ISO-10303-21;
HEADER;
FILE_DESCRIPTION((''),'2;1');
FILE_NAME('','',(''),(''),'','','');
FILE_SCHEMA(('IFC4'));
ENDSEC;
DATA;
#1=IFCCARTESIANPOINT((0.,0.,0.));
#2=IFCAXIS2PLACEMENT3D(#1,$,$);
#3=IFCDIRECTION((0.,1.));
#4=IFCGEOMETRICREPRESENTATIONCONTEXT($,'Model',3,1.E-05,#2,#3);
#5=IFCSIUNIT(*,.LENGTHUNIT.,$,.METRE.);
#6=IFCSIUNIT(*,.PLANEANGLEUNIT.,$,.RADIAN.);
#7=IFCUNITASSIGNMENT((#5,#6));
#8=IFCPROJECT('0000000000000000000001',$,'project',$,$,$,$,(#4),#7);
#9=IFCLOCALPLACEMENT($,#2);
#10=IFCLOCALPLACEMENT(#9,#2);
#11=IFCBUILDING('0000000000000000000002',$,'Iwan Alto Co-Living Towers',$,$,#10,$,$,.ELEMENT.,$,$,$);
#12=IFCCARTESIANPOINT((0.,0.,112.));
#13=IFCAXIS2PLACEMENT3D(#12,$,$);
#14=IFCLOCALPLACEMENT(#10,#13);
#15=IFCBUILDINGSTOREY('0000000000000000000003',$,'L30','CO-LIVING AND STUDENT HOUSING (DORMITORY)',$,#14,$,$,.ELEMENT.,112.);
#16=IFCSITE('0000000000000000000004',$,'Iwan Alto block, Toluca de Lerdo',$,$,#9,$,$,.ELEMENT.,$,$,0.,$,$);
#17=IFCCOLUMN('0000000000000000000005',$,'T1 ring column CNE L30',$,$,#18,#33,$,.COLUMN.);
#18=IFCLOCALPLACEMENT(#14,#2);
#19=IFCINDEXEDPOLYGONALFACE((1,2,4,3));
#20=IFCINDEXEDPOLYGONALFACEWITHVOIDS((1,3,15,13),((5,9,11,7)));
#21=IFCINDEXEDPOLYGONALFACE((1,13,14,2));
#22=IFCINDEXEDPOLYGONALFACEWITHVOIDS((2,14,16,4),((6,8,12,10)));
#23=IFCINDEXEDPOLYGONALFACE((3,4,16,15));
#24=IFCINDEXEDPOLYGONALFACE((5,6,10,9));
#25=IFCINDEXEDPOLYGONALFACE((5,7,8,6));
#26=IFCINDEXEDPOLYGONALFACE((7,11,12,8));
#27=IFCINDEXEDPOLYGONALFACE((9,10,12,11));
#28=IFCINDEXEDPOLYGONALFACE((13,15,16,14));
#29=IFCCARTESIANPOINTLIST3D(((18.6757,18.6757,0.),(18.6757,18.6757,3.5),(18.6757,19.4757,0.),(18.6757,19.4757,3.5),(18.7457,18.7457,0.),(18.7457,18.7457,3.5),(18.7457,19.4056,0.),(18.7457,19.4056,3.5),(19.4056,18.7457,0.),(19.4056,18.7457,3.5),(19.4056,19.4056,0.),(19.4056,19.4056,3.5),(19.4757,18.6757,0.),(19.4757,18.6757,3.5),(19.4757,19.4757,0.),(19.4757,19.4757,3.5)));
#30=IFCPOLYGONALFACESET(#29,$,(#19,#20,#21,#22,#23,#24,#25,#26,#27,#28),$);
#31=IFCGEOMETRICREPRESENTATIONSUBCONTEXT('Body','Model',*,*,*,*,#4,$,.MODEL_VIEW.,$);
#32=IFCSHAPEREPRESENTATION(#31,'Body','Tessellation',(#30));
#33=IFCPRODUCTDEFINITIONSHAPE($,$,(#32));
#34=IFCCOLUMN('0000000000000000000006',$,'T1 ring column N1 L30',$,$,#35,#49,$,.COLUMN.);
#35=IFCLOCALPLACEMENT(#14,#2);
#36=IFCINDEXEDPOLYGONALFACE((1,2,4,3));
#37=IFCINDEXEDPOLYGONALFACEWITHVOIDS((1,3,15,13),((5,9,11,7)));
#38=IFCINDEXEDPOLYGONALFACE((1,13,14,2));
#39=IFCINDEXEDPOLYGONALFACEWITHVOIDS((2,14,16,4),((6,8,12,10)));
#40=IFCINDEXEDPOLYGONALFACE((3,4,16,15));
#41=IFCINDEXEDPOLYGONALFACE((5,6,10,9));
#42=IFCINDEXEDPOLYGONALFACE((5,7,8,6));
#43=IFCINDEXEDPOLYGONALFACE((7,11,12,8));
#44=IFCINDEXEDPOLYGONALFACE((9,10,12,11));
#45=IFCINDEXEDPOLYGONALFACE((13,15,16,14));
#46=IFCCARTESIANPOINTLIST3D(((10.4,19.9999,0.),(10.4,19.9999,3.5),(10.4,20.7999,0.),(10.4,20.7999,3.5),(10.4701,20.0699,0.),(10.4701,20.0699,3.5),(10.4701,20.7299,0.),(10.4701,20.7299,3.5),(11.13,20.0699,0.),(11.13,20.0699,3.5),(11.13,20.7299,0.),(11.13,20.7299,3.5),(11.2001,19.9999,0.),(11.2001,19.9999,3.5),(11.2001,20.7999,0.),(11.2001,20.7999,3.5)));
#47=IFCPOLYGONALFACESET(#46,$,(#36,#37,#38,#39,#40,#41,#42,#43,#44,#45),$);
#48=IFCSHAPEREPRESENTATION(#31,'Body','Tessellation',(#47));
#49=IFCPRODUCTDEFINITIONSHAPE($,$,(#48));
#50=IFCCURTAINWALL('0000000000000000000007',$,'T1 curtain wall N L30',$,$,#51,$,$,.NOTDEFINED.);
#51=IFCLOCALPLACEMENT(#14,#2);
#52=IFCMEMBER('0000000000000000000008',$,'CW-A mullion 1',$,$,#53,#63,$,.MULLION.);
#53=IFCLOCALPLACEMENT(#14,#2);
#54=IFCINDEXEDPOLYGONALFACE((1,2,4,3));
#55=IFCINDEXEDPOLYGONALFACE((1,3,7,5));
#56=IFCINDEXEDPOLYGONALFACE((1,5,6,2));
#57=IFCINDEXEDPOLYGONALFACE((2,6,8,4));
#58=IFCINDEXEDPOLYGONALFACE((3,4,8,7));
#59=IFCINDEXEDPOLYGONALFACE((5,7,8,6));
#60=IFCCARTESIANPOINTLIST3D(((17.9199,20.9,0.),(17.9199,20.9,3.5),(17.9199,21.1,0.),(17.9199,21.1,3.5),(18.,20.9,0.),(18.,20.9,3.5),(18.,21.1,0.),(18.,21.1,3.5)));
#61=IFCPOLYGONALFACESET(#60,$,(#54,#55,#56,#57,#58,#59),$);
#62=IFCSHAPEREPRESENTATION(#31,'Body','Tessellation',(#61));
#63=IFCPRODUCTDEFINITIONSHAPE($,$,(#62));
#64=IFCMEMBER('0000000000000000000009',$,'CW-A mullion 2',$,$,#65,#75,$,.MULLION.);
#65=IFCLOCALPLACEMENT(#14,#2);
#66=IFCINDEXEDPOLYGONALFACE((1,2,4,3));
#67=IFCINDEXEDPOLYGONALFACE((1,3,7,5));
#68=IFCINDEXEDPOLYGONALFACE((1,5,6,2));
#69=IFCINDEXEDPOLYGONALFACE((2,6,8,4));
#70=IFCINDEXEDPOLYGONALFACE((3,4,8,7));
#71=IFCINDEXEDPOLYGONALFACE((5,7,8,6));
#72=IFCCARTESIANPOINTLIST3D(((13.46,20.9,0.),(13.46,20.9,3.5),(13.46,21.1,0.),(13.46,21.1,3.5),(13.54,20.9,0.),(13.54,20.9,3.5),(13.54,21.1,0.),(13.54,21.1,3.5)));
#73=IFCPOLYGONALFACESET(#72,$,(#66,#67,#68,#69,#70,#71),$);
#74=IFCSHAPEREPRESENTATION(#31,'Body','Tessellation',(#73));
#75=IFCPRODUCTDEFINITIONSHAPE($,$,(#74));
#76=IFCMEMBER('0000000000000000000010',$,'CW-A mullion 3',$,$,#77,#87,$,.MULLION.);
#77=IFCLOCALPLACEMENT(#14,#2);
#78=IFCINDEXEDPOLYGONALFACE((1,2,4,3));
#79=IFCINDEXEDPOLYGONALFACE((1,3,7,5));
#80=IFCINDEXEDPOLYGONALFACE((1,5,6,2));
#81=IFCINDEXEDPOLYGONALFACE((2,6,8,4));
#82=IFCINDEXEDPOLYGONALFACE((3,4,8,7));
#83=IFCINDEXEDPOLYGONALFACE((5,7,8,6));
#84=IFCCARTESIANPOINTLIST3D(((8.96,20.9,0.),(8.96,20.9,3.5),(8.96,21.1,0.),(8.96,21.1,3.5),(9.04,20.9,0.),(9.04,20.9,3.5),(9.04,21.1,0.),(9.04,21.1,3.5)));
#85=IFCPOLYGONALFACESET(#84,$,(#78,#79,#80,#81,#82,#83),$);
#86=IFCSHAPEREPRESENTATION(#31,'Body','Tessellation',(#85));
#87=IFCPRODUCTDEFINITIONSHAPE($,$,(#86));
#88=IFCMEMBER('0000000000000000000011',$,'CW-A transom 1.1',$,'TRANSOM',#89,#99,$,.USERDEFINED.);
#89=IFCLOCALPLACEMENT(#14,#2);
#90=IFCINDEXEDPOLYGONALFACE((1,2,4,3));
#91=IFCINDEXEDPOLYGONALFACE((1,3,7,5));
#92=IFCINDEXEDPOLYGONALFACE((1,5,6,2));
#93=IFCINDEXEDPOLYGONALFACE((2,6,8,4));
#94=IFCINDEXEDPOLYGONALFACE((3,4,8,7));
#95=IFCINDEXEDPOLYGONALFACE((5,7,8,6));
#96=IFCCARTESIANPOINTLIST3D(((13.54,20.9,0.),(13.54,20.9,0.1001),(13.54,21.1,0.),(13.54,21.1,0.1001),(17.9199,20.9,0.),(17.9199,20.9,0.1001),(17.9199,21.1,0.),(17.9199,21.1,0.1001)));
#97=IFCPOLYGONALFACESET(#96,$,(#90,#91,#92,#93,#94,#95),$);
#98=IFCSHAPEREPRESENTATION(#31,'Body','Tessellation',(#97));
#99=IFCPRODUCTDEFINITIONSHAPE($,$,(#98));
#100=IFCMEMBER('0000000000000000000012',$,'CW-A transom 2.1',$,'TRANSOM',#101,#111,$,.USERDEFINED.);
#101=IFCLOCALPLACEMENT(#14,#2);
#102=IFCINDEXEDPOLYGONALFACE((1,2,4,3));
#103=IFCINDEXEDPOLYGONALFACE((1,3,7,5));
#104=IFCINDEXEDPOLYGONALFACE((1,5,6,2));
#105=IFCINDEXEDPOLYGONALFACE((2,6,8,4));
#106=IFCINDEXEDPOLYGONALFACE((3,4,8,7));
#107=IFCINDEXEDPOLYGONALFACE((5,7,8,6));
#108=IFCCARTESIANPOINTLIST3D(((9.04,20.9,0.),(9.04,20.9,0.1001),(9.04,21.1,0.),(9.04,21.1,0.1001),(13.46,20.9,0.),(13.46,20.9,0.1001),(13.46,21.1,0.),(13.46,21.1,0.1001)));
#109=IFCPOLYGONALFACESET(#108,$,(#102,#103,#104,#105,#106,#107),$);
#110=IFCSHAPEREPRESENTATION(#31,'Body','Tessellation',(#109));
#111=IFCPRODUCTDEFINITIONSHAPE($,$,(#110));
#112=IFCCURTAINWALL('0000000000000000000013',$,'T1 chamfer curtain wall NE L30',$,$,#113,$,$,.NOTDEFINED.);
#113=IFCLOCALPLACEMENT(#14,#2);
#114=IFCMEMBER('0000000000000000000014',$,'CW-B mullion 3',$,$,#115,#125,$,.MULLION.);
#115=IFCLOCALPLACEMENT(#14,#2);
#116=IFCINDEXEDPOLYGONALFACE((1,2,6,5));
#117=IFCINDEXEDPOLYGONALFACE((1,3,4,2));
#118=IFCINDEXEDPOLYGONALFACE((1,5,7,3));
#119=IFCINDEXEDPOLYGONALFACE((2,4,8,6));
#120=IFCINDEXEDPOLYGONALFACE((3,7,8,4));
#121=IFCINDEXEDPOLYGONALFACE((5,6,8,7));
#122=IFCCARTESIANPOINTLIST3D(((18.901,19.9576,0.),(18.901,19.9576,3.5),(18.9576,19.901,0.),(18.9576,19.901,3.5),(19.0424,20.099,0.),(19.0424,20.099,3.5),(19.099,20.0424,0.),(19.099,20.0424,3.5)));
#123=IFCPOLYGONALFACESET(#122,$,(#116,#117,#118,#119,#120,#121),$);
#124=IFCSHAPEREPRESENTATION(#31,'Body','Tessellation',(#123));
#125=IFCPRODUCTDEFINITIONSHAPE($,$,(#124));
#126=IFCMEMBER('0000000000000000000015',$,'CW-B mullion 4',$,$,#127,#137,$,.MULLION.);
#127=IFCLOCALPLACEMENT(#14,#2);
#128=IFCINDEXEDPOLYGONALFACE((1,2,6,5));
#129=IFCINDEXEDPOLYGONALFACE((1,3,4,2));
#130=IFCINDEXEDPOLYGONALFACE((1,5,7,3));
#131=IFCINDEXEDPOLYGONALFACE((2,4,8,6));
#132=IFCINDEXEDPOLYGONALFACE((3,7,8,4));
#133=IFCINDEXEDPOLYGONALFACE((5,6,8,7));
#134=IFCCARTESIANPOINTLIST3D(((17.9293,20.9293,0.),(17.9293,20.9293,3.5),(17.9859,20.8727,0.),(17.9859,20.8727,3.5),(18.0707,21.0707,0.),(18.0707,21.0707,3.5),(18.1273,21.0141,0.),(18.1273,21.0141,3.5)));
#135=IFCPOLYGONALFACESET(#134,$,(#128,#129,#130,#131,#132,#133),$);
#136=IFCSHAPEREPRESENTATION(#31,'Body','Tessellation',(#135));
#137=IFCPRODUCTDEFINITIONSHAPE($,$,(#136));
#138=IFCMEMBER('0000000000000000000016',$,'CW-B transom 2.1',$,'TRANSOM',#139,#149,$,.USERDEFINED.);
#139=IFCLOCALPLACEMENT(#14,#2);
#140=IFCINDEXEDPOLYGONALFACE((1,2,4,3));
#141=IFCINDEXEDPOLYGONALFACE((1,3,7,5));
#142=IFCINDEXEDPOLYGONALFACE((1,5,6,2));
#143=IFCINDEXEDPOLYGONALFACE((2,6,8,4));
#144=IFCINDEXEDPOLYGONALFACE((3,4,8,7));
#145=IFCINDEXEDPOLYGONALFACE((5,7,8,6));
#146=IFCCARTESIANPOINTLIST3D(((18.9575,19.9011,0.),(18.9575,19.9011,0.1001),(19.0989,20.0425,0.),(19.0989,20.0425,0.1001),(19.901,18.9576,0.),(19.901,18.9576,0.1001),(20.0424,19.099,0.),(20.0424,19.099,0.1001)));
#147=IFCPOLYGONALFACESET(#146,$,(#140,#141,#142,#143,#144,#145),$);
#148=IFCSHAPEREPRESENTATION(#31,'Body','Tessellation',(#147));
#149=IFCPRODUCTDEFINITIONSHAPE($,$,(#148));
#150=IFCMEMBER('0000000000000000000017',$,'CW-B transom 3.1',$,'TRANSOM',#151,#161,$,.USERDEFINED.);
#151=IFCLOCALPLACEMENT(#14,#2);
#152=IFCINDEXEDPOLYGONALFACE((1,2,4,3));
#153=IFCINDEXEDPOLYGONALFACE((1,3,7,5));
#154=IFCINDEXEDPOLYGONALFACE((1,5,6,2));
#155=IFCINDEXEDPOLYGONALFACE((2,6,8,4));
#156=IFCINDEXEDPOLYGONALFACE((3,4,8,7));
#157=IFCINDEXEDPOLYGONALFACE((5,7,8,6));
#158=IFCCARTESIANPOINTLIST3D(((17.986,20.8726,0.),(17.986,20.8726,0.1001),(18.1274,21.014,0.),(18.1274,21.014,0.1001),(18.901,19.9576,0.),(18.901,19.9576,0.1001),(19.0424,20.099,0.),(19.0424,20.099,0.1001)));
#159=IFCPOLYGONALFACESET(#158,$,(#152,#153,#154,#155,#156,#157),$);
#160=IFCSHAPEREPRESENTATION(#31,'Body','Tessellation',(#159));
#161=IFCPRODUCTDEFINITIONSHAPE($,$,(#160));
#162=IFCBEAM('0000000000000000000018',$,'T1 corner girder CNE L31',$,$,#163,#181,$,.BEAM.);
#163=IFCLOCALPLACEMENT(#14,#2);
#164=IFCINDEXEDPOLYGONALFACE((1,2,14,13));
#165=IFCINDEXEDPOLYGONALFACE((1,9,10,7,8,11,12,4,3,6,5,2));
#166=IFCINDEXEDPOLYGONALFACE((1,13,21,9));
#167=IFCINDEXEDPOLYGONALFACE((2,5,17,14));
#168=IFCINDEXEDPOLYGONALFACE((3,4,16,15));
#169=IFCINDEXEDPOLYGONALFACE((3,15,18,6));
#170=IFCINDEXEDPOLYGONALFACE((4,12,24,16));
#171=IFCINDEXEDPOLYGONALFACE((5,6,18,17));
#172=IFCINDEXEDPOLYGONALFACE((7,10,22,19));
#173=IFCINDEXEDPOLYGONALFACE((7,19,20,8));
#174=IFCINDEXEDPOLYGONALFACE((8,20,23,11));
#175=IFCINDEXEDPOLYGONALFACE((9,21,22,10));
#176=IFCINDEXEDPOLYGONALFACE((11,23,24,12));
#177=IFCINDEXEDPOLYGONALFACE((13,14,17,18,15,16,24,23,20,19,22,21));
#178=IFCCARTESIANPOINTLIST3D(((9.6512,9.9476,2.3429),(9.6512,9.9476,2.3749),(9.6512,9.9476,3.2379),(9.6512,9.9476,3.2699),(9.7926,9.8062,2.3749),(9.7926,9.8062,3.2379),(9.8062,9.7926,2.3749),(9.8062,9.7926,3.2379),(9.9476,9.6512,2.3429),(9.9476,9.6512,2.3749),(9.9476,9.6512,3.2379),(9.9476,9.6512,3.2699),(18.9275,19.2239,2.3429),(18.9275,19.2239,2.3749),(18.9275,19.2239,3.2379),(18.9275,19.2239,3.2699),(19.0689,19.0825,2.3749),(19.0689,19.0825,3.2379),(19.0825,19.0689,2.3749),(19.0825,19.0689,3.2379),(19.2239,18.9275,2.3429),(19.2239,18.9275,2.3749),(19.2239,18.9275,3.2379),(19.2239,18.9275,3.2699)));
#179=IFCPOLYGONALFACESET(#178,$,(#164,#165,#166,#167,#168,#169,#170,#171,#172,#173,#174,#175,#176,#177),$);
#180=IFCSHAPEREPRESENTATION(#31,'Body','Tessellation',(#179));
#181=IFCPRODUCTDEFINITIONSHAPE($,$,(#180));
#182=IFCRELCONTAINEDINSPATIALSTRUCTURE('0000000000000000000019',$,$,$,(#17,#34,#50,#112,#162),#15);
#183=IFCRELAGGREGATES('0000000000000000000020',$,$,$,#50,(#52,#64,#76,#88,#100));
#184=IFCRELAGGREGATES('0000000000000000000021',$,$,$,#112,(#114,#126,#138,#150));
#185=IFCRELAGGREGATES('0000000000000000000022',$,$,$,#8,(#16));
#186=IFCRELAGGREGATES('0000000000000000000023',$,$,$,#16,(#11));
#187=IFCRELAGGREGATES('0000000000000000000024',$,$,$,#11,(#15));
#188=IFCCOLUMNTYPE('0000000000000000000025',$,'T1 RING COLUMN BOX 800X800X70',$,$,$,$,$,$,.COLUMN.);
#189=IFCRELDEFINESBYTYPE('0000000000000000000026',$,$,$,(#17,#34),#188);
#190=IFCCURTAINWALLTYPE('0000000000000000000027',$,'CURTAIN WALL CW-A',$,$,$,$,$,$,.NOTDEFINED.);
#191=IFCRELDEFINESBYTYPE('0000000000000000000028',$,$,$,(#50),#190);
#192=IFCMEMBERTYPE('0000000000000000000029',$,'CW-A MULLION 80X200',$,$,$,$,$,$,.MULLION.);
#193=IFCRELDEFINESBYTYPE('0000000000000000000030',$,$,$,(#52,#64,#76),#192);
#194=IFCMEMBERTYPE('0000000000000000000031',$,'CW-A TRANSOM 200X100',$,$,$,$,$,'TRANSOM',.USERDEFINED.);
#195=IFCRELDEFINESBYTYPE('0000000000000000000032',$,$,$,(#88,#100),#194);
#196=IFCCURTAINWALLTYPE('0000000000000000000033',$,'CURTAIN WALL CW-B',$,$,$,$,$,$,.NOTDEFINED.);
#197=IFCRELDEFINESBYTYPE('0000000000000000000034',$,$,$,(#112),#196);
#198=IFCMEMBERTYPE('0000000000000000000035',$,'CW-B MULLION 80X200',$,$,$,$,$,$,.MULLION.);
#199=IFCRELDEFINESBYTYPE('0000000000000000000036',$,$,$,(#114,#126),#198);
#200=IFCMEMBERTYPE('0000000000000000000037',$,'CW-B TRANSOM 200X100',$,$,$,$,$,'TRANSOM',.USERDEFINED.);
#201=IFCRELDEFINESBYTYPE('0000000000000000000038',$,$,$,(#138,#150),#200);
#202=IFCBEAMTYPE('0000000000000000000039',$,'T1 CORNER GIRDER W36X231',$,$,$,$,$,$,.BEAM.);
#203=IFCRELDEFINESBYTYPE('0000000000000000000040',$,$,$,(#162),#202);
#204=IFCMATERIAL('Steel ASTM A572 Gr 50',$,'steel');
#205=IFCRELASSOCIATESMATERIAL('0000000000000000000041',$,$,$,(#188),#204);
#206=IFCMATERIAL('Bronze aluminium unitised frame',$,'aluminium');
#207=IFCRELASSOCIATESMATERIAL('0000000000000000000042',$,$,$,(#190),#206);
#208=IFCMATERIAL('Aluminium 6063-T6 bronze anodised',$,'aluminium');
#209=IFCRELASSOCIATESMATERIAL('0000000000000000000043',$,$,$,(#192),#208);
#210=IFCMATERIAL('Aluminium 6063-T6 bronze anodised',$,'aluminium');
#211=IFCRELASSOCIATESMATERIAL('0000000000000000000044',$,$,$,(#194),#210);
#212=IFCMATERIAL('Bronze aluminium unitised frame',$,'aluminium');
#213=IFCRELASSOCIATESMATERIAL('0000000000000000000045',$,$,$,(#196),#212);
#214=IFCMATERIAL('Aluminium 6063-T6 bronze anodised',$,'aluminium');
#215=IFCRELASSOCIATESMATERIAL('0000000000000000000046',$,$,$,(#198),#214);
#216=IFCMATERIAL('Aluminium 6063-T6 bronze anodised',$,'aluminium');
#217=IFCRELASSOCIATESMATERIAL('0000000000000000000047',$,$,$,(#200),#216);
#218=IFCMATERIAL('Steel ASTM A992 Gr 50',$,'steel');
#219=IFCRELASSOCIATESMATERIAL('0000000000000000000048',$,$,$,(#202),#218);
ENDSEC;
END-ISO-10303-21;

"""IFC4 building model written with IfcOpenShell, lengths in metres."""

from ifc_helpers import new_model, si_unit, direction, frame, origin, origin_2d, place, context, subcontext, project, spatial, rectangle, hollow_rectangle, i_section, extrude, material, material_profile, profile_set, type_object, element, aggregate, save


model = new_model("IFC4")

# Units and contexts
model_context = context("Model", 3, precision=1e-05, world=origin(), true_north=direction((0.0, 1.0)))
body_context = subcontext(model_context, "Body", "Model", "MODEL_VIEW")
ifc_project = project(units=[si_unit("LENGTHUNIT", "METRE"), si_unit("PLANEANGLEUNIT", "RADIAN")], contexts=[model_context])

# Site, building, storey
site_placement = place(None, origin())
site = spatial("IfcSite", under=ifc_project, at=site_placement, Name="Iwan Alto block, Toluca de Lerdo", CompositionType="ELEMENT", RefElevation=0.0)
building_placement = place(site_placement, origin())
building = spatial("IfcBuilding", under=site, at=building_placement, Name="Iwan Alto Co-Living Towers", CompositionType="ELEMENT")
storey_placement = place(building_placement, frame((0.0, 0.0, 112.0)))
storey = spatial("IfcBuildingStorey", under=building, at=storey_placement, Name="L30", Description="CO-LIVING AND STUDENT HOUSING (DORMITORY)", CompositionType="ELEMENT", Elevation=112.0)

# Columns
ifc_material_1 = material(Name="Steel ASTM A572 Gr 50", Category="steel")
ifc_material_profile_1 = material_profile(ifc_material_1, hollow_rectangle(XDim=0.8, YDim=0.8, WallThickness=0.0701, at=origin_2d()), Name="BOX 800X800X70")
ifc_profile_set_1 = profile_set([ifc_material_profile_1], Name="Steel ASTM A572 Gr 50")
column_type = type_object("IfcColumnType", Name="T1 RING COLUMN BOX 800X800X70", PredefinedType="COLUMN", material=ifc_profile_set_1)
for number, where, z_axis, x_axis, name in (
    (1, (19.0757, 19.0757, 0.0), (0.0, 0.0, 1.0), (1.0, 0.0, 0.0), "T1 ring column CNE L30"),
    (2, (10.8, 20.3999, 0.0), (0.0, 0.0, 1.0), (1.0, 0.0, 0.0), "T1 ring column N1 L30"),
):
    element("IfcColumn", number, at=place(storey_placement, frame(where, z_axis=z_axis, x_axis=x_axis)), inside=storey, type_object=column_type, Name=name, PredefinedType="COLUMN", context=body_context, shape_type="SweptSolid", body=[
        extrude(hollow_rectangle(XDim=0.8, YDim=0.8, WallThickness=0.0701, at=origin_2d()), origin(), (0.0, 0.0, 1.0), 3.5),
    ])

# Curtain walls, members
ifc_material_2 = material(Name="Bronze aluminium unitised frame", Category="aluminium")
curtain_wall_type_1 = type_object("IfcCurtainWallType", Name="CURTAIN WALL CW-A", PredefinedType="NOTDEFINED", material=ifc_material_2)
curtain_wall_1_placement = place(storey_placement, origin())
curtain_wall_1 = element("IfcCurtainWall", 3, at=curtain_wall_1_placement, inside=storey, type_object=curtain_wall_type_1, Name="T1 curtain wall N L30", PredefinedType="NOTDEFINED")
ifc_material_3 = material(Name="Aluminium 6063-T6 bronze anodised", Category="aluminium")
ifc_material_profile_2 = material_profile(ifc_material_3, rectangle(XDim=0.2, YDim=0.0801, at=origin_2d()), Name="AL 80X200")
ifc_profile_set_2 = profile_set([ifc_material_profile_2], Name="Aluminium 6063-T6 bronze anodised")
member_type_1 = type_object("IfcMemberType", Name="CW-A MULLION 80X200", PredefinedType="MULLION", material=ifc_profile_set_2)
member_1_placement = place(storey_placement, frame((17.96, 21.0, 0.0), z_axis=(0.0, 0.0, 1.0), x_axis=(0.0, -1.0, 0.0)))
member_1 = element("IfcMember", 4, at=member_1_placement, type_object=member_type_1, Name="CW-A mullion 1", PredefinedType="MULLION", context=body_context, shape_type="SweptSolid", body=[
    extrude(rectangle(XDim=0.2, YDim=0.0801, at=origin_2d()), origin(), (0.0, 0.0, 1.0), 3.5),
])
member_2_placement = place(storey_placement, frame((13.5, 21.0, 0.0), z_axis=(0.0, 0.0, 1.0), x_axis=(0.0, -1.0, 0.0)))
member_2 = element("IfcMember", 5, at=member_2_placement, type_object=member_type_1, Name="CW-A mullion 2", PredefinedType="MULLION", context=body_context, shape_type="SweptSolid", body=[
    extrude(rectangle(XDim=0.2, YDim=0.0801, at=origin_2d()), origin(), (0.0, 0.0, 1.0), 3.5),
])
member_3_placement = place(storey_placement, frame((9.0, 21.0, 0.0), z_axis=(0.0, 0.0, 1.0), x_axis=(0.0, -1.0, 0.0)))
member_3 = element("IfcMember", 6, at=member_3_placement, type_object=member_type_1, Name="CW-A mullion 3", PredefinedType="MULLION", context=body_context, shape_type="SweptSolid", body=[
    extrude(rectangle(XDim=0.2, YDim=0.0801, at=origin_2d()), origin(), (0.0, 0.0, 1.0), 3.5),
])
ifc_material_4 = material(Name="Aluminium 6063-T6 bronze anodised", Category="aluminium")
ifc_material_profile_3 = material_profile(ifc_material_4, rectangle(XDim=0.2, YDim=0.1001, at=origin_2d()), Name="AL 200X100")
ifc_profile_set_3 = profile_set([ifc_material_profile_3], Name="Aluminium 6063-T6 bronze anodised")
member_type_2 = type_object("IfcMemberType", Name="CW-A TRANSOM 200X100", ElementType="TRANSOM", PredefinedType="USERDEFINED", material=ifc_profile_set_3)
member_4_placement = place(storey_placement, frame((17.9199, 21.0, 0.05), z_axis=(-1.0, 0.0, 0.0), x_axis=(0.0, -1.0, 0.0)))
member_4 = element("IfcMember", 7, at=member_4_placement, type_object=member_type_2, Name="CW-A transom 1.1", ObjectType="TRANSOM", PredefinedType="USERDEFINED", context=body_context, shape_type="SweptSolid", body=[
    extrude(rectangle(XDim=0.2, YDim=0.1001, at=origin_2d()), origin(), (0.0, 0.0, 1.0), 4.3799),
])
member_5_placement = place(storey_placement, frame((13.46, 21.0, 0.05), z_axis=(-1.0, 0.0, 0.0), x_axis=(0.0, -1.0, 0.0)))
member_5 = element("IfcMember", 8, at=member_5_placement, type_object=member_type_2, Name="CW-A transom 2.1", ObjectType="TRANSOM", PredefinedType="USERDEFINED", context=body_context, shape_type="SweptSolid", body=[
    extrude(rectangle(XDim=0.2, YDim=0.1001, at=origin_2d()), origin(), (0.0, 0.0, 1.0), 4.4199),
])
ifc_material_5 = material(Name="Bronze aluminium unitised frame", Category="aluminium")
curtain_wall_type_2 = type_object("IfcCurtainWallType", Name="CURTAIN WALL CW-B", PredefinedType="NOTDEFINED", material=ifc_material_5)
curtain_wall_2_placement = place(storey_placement, origin())
curtain_wall_2 = element("IfcCurtainWall", 9, at=curtain_wall_2_placement, inside=storey, type_object=curtain_wall_type_2, Name="T1 chamfer curtain wall NE L30", PredefinedType="NOTDEFINED")
ifc_material_6 = material(Name="Aluminium 6063-T6 bronze anodised", Category="aluminium")
ifc_material_profile_4 = material_profile(ifc_material_6, rectangle(XDim=0.2, YDim=0.0801, at=origin_2d()), Name="AL 80X200")
ifc_profile_set_4 = profile_set([ifc_material_profile_4], Name="Aluminium 6063-T6 bronze anodised")
member_type_3 = type_object("IfcMemberType", Name="CW-B MULLION 80X200", PredefinedType="MULLION", material=ifc_profile_set_4)
member_6_placement = place(storey_placement, frame((19.0, 20.0, 0.0), z_axis=(0.0, 0.0, 1.0), x_axis=(-0.707107, -0.707107, 0.0)))
member_6 = element("IfcMember", 10, at=member_6_placement, type_object=member_type_3, Name="CW-B mullion 3", PredefinedType="MULLION", context=body_context, shape_type="SweptSolid", body=[
    extrude(rectangle(XDim=0.2, YDim=0.0801, at=origin_2d()), origin(), (0.0, 0.0, 1.0), 3.5),
])
member_7_placement = place(storey_placement, frame((18.0283, 20.9717, 0.0), z_axis=(0.0, 0.0, 1.0), x_axis=(-0.707107, -0.707107, 0.0)))
member_7 = element("IfcMember", 11, at=member_7_placement, type_object=member_type_3, Name="CW-B mullion 4", PredefinedType="MULLION", context=body_context, shape_type="SweptSolid", body=[
    extrude(rectangle(XDim=0.2, YDim=0.0801, at=origin_2d()), origin(), (0.0, 0.0, 1.0), 3.5),
])
ifc_material_7 = material(Name="Aluminium 6063-T6 bronze anodised", Category="aluminium")
ifc_material_profile_5 = material_profile(ifc_material_7, rectangle(XDim=0.2, YDim=0.1001, at=origin_2d()), Name="AL 200X100")
ifc_profile_set_5 = profile_set([ifc_material_profile_5], Name="Aluminium 6063-T6 bronze anodised")
member_type_4 = type_object("IfcMemberType", Name="CW-B TRANSOM 200X100", ElementType="TRANSOM", PredefinedType="USERDEFINED", material=ifc_profile_set_5)
member_8_placement = place(storey_placement, frame((19.9717, 19.0283, 0.05), z_axis=(-0.707107, 0.707107, 0.0), x_axis=(-0.707107, -0.707107, 0.0)))
member_8 = element("IfcMember", 12, at=member_8_placement, type_object=member_type_4, Name="CW-B transom 2.1", ObjectType="TRANSOM", PredefinedType="USERDEFINED", context=body_context, shape_type="SweptSolid", body=[
    extrude(rectangle(XDim=0.2, YDim=0.1001, at=origin_2d()), origin(), (0.0, 0.0, 1.0), 1.3342),
])
member_9_placement = place(storey_placement, frame((18.9717, 20.0283, 0.05), z_axis=(-0.707107, 0.707107, 0.0), x_axis=(-0.707107, -0.707107, 0.0)))
member_9 = element("IfcMember", 13, at=member_9_placement, type_object=member_type_4, Name="CW-B transom 3.1", ObjectType="TRANSOM", PredefinedType="USERDEFINED", context=body_context, shape_type="SweptSolid", body=[
    extrude(rectangle(XDim=0.2, YDim=0.1001, at=origin_2d()), origin(), (0.0, 0.0, 1.0), 1.2939),
])

# Beam
ifc_material_8 = material(Name="Steel ASTM A992 Gr 50", Category="steel")
ifc_material_profile_6 = material_profile(ifc_material_8, i_section(OverallWidth=0.4192, OverallDepth=0.927, WebThickness=0.0193, FlangeThickness=0.032, at=origin_2d()), Name="W36X231")
ifc_profile_set_6 = profile_set([ifc_material_profile_6], Name="Steel ASTM A992 Gr 50")
beam_type_1 = type_object("IfcBeamType", Name="T1 CORNER GIRDER W36X231", PredefinedType="BEAM", material=ifc_profile_set_6)
beam_1_placement = place(storey_placement, frame((19.0757, 19.0757, 2.8064), z_axis=(-0.707107, -0.707107, 0.0), x_axis=(0.707107, -0.707107, 0.0)))
element("IfcBeam", 14, at=beam_1_placement, inside=storey, type_object=beam_type_1, Name="T1 corner girder CNE L31", PredefinedType="BEAM", context=body_context, shape_type="SweptSolid", body=[
    extrude(i_section(OverallWidth=0.4192, OverallDepth=0.927, WebThickness=0.0193, FlangeThickness=0.032, at=origin_2d()), origin(), (0.0, 0.0, 1.0), 13.1187),
])

aggregate(curtain_wall_1, [member_1, member_2, member_3, member_4, member_5])
aggregate(curtain_wall_2, [member_6, member_7, member_8, member_9])

save(model, "model.ifc")
